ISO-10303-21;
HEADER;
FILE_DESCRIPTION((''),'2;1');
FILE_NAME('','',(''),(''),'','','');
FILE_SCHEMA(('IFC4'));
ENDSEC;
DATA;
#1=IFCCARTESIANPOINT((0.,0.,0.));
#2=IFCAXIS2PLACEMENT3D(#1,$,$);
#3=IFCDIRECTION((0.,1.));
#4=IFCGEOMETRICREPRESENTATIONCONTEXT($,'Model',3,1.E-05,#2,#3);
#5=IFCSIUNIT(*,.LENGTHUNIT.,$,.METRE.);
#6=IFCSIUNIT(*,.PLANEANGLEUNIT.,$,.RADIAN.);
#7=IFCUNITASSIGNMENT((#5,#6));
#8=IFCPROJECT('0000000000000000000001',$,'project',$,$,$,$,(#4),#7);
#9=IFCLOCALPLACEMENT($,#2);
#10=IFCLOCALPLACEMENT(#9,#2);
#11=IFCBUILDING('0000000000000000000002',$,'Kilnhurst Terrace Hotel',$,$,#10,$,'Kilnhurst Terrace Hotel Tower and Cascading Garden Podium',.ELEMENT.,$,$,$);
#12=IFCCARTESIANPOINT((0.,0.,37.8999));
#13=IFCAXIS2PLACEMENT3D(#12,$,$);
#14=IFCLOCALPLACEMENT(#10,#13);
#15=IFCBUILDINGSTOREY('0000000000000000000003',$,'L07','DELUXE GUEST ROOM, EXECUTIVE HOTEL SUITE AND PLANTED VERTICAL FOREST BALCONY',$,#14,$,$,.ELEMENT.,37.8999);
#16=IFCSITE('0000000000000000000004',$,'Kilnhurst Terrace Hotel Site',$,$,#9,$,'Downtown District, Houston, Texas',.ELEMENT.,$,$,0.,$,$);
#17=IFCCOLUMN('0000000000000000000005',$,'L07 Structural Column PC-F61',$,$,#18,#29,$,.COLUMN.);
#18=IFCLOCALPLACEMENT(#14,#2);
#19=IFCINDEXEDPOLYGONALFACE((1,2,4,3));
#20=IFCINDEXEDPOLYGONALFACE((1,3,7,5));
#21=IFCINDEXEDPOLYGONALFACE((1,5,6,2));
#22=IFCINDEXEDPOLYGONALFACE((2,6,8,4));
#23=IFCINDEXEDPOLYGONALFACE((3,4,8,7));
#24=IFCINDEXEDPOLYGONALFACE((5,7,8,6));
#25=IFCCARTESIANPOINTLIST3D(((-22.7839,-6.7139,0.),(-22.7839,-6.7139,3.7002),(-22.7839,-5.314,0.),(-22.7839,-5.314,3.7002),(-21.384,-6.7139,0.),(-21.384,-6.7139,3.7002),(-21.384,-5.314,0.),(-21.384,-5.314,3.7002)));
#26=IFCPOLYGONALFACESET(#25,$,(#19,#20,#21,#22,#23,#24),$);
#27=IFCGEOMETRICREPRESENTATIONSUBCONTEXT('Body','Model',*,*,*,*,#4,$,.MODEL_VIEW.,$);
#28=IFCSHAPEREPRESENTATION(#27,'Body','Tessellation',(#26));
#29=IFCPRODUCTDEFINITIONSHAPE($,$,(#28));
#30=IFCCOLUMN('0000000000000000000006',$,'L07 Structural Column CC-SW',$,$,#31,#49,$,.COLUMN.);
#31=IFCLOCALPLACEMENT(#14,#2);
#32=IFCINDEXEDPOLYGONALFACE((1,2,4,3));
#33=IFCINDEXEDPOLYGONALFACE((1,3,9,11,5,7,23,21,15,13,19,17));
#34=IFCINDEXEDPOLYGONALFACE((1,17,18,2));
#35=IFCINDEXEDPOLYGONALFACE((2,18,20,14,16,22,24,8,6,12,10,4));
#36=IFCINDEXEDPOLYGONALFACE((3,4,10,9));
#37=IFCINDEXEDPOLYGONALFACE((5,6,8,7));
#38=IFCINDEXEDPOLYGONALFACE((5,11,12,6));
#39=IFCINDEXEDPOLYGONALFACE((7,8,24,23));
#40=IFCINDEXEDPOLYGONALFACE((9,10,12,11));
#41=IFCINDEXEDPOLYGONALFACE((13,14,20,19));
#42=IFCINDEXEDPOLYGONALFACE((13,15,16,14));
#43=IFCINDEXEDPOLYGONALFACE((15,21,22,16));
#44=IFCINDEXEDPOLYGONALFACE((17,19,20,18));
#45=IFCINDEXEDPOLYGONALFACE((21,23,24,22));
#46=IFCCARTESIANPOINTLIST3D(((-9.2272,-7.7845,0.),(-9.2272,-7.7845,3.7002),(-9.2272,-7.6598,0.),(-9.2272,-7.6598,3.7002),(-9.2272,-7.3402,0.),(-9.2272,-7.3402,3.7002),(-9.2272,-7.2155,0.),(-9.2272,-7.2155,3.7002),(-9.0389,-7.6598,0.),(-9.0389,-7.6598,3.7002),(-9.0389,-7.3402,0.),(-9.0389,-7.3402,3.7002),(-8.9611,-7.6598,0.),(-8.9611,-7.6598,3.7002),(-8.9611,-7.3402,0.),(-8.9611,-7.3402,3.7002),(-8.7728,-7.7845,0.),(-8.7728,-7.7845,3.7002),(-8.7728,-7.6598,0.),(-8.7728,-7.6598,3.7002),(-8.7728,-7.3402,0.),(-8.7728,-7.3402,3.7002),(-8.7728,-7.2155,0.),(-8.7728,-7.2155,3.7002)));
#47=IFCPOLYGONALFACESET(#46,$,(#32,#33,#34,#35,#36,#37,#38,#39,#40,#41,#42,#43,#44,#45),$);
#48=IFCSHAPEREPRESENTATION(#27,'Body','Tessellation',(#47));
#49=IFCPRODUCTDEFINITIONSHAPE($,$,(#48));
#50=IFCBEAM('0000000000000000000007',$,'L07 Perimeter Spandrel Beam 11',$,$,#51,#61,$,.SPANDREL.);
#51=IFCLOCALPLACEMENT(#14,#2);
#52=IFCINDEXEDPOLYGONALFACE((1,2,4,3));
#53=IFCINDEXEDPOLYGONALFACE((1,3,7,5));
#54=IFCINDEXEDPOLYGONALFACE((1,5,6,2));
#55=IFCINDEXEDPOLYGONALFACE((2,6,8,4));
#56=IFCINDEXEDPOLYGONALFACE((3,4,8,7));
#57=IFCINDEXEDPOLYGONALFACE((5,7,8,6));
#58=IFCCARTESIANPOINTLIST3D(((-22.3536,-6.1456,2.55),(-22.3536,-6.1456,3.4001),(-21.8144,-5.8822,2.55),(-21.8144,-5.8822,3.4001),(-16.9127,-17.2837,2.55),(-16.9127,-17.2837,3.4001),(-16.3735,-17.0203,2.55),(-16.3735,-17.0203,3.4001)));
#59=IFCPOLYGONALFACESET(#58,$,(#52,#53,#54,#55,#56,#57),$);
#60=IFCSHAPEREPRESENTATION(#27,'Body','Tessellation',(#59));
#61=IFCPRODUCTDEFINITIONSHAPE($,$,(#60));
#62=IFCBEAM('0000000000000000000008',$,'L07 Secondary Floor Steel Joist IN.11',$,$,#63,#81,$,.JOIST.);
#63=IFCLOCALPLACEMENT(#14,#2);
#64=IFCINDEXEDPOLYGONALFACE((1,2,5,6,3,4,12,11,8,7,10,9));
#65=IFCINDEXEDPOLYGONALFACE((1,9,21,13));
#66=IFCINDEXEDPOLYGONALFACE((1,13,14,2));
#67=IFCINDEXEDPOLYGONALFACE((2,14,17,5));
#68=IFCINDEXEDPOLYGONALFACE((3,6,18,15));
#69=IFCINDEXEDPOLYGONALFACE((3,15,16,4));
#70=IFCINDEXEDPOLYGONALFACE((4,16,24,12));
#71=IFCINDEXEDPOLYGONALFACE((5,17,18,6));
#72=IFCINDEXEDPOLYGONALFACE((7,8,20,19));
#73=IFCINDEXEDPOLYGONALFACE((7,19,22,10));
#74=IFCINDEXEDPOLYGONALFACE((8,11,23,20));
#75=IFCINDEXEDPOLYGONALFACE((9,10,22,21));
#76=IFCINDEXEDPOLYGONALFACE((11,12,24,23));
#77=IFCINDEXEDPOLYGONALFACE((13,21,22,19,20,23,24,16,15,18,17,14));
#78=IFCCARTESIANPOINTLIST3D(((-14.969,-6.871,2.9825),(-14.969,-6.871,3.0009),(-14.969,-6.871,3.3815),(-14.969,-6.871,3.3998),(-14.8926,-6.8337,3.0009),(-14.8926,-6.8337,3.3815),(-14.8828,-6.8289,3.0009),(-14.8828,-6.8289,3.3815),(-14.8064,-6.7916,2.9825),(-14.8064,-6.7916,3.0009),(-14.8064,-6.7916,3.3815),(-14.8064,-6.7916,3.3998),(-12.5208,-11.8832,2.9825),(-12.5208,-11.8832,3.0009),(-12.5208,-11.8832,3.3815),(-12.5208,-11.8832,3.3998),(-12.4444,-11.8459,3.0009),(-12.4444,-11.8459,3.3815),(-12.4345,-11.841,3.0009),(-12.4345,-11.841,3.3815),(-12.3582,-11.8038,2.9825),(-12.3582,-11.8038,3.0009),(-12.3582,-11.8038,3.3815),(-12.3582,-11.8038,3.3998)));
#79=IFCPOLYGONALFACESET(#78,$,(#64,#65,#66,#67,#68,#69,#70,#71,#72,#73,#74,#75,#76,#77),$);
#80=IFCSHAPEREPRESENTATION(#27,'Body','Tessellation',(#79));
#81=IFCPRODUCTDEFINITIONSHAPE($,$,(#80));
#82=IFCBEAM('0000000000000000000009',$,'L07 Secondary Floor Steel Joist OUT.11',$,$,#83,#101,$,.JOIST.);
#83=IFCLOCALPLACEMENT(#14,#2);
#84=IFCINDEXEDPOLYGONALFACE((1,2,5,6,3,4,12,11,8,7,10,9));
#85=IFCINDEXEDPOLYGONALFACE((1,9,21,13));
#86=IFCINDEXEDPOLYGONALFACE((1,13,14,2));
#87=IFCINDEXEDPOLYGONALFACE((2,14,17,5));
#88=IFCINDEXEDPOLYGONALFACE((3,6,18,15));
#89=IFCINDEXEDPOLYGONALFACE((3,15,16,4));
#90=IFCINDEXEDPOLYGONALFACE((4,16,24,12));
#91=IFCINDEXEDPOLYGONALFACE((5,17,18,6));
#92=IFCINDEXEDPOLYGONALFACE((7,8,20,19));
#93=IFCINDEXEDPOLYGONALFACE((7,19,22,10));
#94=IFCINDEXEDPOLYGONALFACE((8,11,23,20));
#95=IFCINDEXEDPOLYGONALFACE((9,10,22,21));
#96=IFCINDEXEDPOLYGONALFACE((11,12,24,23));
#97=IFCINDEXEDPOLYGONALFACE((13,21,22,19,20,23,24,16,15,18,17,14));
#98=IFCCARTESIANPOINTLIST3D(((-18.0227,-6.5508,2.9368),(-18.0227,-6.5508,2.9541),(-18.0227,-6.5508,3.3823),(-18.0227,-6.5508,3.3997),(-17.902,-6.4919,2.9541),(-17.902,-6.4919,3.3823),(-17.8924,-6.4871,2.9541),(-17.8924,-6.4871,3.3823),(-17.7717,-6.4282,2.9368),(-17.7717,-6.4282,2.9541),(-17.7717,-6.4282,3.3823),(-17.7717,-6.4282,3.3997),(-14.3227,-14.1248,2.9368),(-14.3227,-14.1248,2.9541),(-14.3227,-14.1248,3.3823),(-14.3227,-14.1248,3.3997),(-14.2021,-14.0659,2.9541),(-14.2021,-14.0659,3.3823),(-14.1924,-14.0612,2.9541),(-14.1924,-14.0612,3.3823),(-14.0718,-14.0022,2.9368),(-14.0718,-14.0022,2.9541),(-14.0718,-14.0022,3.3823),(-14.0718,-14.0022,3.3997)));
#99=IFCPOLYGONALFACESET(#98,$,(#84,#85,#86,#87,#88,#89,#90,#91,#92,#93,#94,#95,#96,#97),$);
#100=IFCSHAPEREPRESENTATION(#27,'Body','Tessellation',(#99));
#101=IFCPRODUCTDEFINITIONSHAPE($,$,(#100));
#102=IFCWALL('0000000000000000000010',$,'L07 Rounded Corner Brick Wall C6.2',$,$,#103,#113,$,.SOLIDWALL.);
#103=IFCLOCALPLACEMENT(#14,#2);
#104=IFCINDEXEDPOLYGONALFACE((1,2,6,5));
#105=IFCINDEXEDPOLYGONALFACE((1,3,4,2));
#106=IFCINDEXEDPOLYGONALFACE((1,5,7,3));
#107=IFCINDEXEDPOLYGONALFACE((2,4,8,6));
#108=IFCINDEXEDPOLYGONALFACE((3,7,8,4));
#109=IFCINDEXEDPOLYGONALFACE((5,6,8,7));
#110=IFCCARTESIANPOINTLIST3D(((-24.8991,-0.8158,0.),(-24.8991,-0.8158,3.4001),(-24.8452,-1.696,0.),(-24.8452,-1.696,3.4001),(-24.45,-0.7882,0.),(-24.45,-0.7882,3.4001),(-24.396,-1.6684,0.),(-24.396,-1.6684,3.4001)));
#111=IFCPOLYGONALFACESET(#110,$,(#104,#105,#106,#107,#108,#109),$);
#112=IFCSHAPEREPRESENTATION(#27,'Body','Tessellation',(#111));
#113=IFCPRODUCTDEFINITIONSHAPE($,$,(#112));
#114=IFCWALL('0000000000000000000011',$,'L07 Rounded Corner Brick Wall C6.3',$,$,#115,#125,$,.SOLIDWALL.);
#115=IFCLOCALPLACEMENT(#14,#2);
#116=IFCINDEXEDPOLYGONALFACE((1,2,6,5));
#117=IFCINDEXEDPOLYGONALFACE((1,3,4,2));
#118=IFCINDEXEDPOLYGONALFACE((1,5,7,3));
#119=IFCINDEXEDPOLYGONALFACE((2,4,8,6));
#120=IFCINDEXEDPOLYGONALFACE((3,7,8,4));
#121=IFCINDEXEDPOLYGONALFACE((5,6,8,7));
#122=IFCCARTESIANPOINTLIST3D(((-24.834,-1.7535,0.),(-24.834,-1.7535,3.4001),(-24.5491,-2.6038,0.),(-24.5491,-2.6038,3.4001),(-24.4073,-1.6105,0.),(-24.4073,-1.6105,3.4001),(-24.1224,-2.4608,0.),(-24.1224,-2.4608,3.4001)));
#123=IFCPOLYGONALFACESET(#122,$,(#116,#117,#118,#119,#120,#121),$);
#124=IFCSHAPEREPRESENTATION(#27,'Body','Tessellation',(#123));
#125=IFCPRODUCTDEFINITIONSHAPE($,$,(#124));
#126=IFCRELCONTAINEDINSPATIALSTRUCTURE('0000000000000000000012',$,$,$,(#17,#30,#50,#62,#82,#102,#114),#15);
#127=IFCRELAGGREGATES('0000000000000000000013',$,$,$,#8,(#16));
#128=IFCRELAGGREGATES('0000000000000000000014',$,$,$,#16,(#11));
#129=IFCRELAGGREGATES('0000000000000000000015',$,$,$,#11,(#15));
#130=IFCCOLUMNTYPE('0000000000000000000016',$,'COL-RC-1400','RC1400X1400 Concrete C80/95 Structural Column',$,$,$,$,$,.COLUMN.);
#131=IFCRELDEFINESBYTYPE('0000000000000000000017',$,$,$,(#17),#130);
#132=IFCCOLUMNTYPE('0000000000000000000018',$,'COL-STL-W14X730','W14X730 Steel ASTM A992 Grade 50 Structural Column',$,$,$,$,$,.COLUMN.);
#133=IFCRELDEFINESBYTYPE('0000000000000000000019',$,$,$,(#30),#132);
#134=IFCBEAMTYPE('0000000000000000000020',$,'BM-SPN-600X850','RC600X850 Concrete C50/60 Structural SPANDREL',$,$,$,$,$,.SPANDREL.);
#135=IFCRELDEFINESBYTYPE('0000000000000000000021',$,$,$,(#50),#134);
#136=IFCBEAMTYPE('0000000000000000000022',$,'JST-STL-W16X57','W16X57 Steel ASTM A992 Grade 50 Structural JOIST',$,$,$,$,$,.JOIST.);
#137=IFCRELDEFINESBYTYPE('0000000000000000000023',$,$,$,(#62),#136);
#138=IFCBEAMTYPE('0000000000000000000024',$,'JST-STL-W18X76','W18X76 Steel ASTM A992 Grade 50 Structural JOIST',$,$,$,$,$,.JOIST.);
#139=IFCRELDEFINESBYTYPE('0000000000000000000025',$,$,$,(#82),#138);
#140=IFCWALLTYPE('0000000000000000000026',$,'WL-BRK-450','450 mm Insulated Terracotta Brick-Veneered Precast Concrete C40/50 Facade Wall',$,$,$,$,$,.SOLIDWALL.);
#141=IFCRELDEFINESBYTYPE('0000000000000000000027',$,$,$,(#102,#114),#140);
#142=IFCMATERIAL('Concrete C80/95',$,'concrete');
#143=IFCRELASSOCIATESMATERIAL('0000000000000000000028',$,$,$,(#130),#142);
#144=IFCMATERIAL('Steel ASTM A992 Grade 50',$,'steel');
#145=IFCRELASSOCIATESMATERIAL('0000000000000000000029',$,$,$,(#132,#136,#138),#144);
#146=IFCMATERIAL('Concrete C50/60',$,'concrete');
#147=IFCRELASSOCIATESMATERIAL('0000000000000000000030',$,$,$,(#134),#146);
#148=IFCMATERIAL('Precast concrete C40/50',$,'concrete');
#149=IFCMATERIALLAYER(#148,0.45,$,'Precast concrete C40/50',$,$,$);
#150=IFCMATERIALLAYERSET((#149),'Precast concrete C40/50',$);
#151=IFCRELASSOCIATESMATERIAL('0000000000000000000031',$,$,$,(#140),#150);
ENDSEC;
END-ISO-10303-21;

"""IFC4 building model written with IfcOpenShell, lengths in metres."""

from ifc_helpers import new_model, si_unit, direction, frame, frame_2d, origin, origin_2d, place, context, subcontext, project, spatial, rectangle, i_section, extrude, material, layer, layer_set, material_profile, profile_set, type_object, element, save


model = new_model("IFC4")

# Units and contexts
model_context = context("Model", 3, precision=1e-05, world=origin(), true_north=direction((0.0, 1.0)))
body_context = subcontext(model_context, "Body", "Model", "MODEL_VIEW")
ifc_project = project(units=[si_unit("LENGTHUNIT", "METRE"), si_unit("PLANEANGLEUNIT", "RADIAN")], contexts=[model_context])

# Site, building, storey
site_placement = place(None, origin())
site = spatial("IfcSite", under=ifc_project, at=site_placement, Name="Kilnhurst Terrace Hotel Site", LongName="Downtown District, Houston, Texas", CompositionType="ELEMENT", RefElevation=0.0)
building_placement = place(site_placement, origin())
building = spatial("IfcBuilding", under=site, at=building_placement, Name="Kilnhurst Terrace Hotel", LongName="Kilnhurst Terrace Hotel Tower and Cascading Garden Podium", CompositionType="ELEMENT")
storey_placement = place(building_placement, frame((0.0, 0.0, 37.8999)))
storey = spatial("IfcBuildingStorey", under=building, at=storey_placement, Name="L07", Description="DELUXE GUEST ROOM, EXECUTIVE HOTEL SUITE AND PLANTED VERTICAL FOREST BALCONY", CompositionType="ELEMENT", Elevation=37.8999)

# Columns
ifc_material_1 = material(Name="Concrete C80/95", Category="concrete")
ifc_material_profile_1 = material_profile(ifc_material_1, rectangle(XDim=1.3999, YDim=1.3999, at=origin_2d()), Name="RC1400X1400")
ifc_profile_set_1 = profile_set([ifc_material_profile_1], Name="Concrete C80/95")
column_type_1 = type_object("IfcColumnType", Name="COL-RC-1400", Description="RC1400X1400 Concrete C80/95 Structural Column", PredefinedType="COLUMN", material=ifc_profile_set_1)
column_1_placement = place(storey_placement, frame((-22.084, -6.0139, 0.0), z_axis=(0.0, 0.0, 1.0), x_axis=(1.0, 0.0, 0.0)))
element("IfcColumn", 1, at=column_1_placement, inside=storey, type_object=column_type_1, Name="L07 Structural Column PC-F61", PredefinedType="COLUMN", context=body_context, shape_type="SweptSolid", body=[
    extrude(rectangle(XDim=1.3999, YDim=1.3999, at=origin_2d()), origin(), (0.0, 0.0, 1.0), 3.7002),
])
ifc_material_2 = material(Name="Steel ASTM A992 Grade 50", Category="steel")
ifc_material_profile_2 = material_profile(ifc_material_2, i_section(OverallWidth=0.4543, OverallDepth=0.5691, WebThickness=0.0779, FlangeThickness=0.1248, at=origin_2d()), Name="W14X730")
ifc_profile_set_2 = profile_set([ifc_material_profile_2], Name="Steel ASTM A992 Grade 50")
column_type_2 = type_object("IfcColumnType", Name="COL-STL-W14X730", Description="W14X730 Steel ASTM A992 Grade 50 Structural Column", PredefinedType="COLUMN", material=ifc_profile_set_2)
column_2_placement = place(storey_placement, frame((-9.0, -7.5, 0.0), z_axis=(0.0, 0.0, 1.0), x_axis=(1.0, 0.0, 0.0)))
element("IfcColumn", 2, at=column_2_placement, inside=storey, type_object=column_type_2, Name="L07 Structural Column CC-SW", PredefinedType="COLUMN", context=body_context, shape_type="SweptSolid", body=[
    extrude(i_section(OverallWidth=0.4543, OverallDepth=0.5691, WebThickness=0.0779, FlangeThickness=0.1248, at=origin_2d()), origin(), (0.0, 0.0, 1.0), 3.7002),
])

# Beams
ifc_material_3 = material(Name="Concrete C50/60", Category="concrete")
ifc_material_profile_3 = material_profile(ifc_material_3, rectangle(XDim=0.6001, YDim=0.8501, at=origin_2d()), Name="RC600X850")
ifc_profile_set_3 = profile_set([ifc_material_profile_3], Name="Concrete C50/60")
beam_type_1 = type_object("IfcBeamType", Name="BM-SPN-600X850", Description="RC600X850 Concrete C50/60 Structural SPANDREL", PredefinedType="SPANDREL", material=ifc_profile_set_3)
beam_1_placement = place(storey_placement, frame((-22.084, -6.0139, 2.9751), z_axis=(0.438923, -0.898525, 0.0), x_axis=(0.898525, 0.438923, 0.0)))
element("IfcBeam", 3, at=beam_1_placement, inside=storey, type_object=beam_type_1, Name="L07 Perimeter Spandrel Beam 11", PredefinedType="SPANDREL", context=body_context, shape_type="SweptSolid", body=[
    extrude(rectangle(XDim=0.6001, YDim=0.8501, at=origin_2d()), origin(), (0.0, 0.0, 1.0), 12.396),
])
ifc_material_profile_4 = material_profile(ifc_material_2, i_section(OverallWidth=0.1809, OverallDepth=0.4172, WebThickness=0.011, FlangeThickness=0.0183, at=origin_2d()), Name="W16X57")
ifc_profile_set_4 = profile_set([ifc_material_profile_4], Name="Steel ASTM A992 Grade 50")
beam_type_2 = type_object("IfcBeamType", Name="JST-STL-W16X57", Description="W16X57 Steel ASTM A992 Grade 50 Structural JOIST", PredefinedType="JOIST", material=ifc_profile_set_4)
beam_2_placement = place(storey_placement, frame((-14.8877, -6.8313, 3.1912), z_axis=(0.438896, -0.898538, 0.0), x_axis=(0.898538, 0.438896, 0.0)))
element("IfcBeam", 4, at=beam_2_placement, inside=storey, type_object=beam_type_2, Name="L07 Secondary Floor Steel Joist IN.11", PredefinedType="JOIST", context=body_context, shape_type="SweptSolid", body=[
    extrude(i_section(OverallWidth=0.1809, OverallDepth=0.4172, WebThickness=0.011, FlangeThickness=0.0183, at=origin_2d()), origin(), (0.0, 0.0, 1.0), 5.5781),
])
ifc_material_profile_5 = material_profile(ifc_material_2, i_section(OverallWidth=0.2793, OverallDepth=0.4629, WebThickness=0.0107, FlangeThickness=0.0173, at=origin_2d()), Name="W18X76")
ifc_profile_set_5 = profile_set([ifc_material_profile_5], Name="Steel ASTM A992 Grade 50")
beam_type_3 = type_object("IfcBeamType", Name="JST-STL-W18X76", Description="W18X76 Steel ASTM A992 Grade 50 Structural JOIST", PredefinedType="JOIST", material=ifc_profile_set_5)
beam_3_placement = place(storey_placement, frame((-17.8972, -6.4895, 3.1682), z_axis=(0.438934, -0.898519, 0.0), x_axis=(0.898519, 0.438934, 0.0)))
element("IfcBeam", 5, at=beam_3_placement, inside=storey, type_object=beam_type_3, Name="L07 Secondary Floor Steel Joist OUT.11", PredefinedType="JOIST", context=body_context, shape_type="SweptSolid", body=[
    extrude(i_section(OverallWidth=0.2793, OverallDepth=0.4629, WebThickness=0.0107, FlangeThickness=0.0173, at=origin_2d()), origin(), (0.0, 0.0, 1.0), 8.4294),
])

# Walls
ifc_material_4 = material(Name="Precast concrete C40/50", Category="concrete")
ifc_layer_1 = layer(ifc_material_4, 0.45, Name="Precast concrete C40/50")
ifc_layer_set_1 = layer_set([ifc_layer_1], Name="Precast concrete C40/50")
wall_type_1 = type_object("IfcWallType", Name="WL-BRK-450", Description="450 mm Insulated Terracotta Brick-Veneered Precast Concrete C40/50 Facade Wall", PredefinedType="SOLIDWALL", material=ifc_layer_set_1)
wall_1_placement = place(storey_placement, frame((-24.6746, -0.802, 0.0), z_axis=(0.0, 0.0, 1.0), x_axis=(0.061189, -0.998126, 0.0)))
element("IfcWall", 6, at=wall_1_placement, inside=storey, type_object=wall_type_1, Name="L07 Rounded Corner Brick Wall C6.2", PredefinedType="SOLIDWALL", context=body_context, shape_type="SweptSolid", body=[
    extrude(rectangle(XDim=0.8818, YDim=0.45, at=frame_2d((0.4409, 0.0))), origin(), (0.0, 0.0, 1.0), 3.4001),
])
wall_2_placement = place(storey_placement, frame((-24.6206, -1.6821, 0.0), z_axis=(0.0, 0.0, 1.0), x_axis=(0.317697, -0.948192, 0.0)))
element("IfcWall", 7, at=wall_2_placement, inside=storey, type_object=wall_type_1, Name="L07 Rounded Corner Brick Wall C6.3", PredefinedType="SOLIDWALL", context=body_context, shape_type="SweptSolid", body=[
    extrude(rectangle(XDim=0.8967, YDim=0.45, at=frame_2d((0.4482, 0.0))), origin(), (0.0, 0.0, 1.0), 3.4001),
])

save(model, "model.ifc")
